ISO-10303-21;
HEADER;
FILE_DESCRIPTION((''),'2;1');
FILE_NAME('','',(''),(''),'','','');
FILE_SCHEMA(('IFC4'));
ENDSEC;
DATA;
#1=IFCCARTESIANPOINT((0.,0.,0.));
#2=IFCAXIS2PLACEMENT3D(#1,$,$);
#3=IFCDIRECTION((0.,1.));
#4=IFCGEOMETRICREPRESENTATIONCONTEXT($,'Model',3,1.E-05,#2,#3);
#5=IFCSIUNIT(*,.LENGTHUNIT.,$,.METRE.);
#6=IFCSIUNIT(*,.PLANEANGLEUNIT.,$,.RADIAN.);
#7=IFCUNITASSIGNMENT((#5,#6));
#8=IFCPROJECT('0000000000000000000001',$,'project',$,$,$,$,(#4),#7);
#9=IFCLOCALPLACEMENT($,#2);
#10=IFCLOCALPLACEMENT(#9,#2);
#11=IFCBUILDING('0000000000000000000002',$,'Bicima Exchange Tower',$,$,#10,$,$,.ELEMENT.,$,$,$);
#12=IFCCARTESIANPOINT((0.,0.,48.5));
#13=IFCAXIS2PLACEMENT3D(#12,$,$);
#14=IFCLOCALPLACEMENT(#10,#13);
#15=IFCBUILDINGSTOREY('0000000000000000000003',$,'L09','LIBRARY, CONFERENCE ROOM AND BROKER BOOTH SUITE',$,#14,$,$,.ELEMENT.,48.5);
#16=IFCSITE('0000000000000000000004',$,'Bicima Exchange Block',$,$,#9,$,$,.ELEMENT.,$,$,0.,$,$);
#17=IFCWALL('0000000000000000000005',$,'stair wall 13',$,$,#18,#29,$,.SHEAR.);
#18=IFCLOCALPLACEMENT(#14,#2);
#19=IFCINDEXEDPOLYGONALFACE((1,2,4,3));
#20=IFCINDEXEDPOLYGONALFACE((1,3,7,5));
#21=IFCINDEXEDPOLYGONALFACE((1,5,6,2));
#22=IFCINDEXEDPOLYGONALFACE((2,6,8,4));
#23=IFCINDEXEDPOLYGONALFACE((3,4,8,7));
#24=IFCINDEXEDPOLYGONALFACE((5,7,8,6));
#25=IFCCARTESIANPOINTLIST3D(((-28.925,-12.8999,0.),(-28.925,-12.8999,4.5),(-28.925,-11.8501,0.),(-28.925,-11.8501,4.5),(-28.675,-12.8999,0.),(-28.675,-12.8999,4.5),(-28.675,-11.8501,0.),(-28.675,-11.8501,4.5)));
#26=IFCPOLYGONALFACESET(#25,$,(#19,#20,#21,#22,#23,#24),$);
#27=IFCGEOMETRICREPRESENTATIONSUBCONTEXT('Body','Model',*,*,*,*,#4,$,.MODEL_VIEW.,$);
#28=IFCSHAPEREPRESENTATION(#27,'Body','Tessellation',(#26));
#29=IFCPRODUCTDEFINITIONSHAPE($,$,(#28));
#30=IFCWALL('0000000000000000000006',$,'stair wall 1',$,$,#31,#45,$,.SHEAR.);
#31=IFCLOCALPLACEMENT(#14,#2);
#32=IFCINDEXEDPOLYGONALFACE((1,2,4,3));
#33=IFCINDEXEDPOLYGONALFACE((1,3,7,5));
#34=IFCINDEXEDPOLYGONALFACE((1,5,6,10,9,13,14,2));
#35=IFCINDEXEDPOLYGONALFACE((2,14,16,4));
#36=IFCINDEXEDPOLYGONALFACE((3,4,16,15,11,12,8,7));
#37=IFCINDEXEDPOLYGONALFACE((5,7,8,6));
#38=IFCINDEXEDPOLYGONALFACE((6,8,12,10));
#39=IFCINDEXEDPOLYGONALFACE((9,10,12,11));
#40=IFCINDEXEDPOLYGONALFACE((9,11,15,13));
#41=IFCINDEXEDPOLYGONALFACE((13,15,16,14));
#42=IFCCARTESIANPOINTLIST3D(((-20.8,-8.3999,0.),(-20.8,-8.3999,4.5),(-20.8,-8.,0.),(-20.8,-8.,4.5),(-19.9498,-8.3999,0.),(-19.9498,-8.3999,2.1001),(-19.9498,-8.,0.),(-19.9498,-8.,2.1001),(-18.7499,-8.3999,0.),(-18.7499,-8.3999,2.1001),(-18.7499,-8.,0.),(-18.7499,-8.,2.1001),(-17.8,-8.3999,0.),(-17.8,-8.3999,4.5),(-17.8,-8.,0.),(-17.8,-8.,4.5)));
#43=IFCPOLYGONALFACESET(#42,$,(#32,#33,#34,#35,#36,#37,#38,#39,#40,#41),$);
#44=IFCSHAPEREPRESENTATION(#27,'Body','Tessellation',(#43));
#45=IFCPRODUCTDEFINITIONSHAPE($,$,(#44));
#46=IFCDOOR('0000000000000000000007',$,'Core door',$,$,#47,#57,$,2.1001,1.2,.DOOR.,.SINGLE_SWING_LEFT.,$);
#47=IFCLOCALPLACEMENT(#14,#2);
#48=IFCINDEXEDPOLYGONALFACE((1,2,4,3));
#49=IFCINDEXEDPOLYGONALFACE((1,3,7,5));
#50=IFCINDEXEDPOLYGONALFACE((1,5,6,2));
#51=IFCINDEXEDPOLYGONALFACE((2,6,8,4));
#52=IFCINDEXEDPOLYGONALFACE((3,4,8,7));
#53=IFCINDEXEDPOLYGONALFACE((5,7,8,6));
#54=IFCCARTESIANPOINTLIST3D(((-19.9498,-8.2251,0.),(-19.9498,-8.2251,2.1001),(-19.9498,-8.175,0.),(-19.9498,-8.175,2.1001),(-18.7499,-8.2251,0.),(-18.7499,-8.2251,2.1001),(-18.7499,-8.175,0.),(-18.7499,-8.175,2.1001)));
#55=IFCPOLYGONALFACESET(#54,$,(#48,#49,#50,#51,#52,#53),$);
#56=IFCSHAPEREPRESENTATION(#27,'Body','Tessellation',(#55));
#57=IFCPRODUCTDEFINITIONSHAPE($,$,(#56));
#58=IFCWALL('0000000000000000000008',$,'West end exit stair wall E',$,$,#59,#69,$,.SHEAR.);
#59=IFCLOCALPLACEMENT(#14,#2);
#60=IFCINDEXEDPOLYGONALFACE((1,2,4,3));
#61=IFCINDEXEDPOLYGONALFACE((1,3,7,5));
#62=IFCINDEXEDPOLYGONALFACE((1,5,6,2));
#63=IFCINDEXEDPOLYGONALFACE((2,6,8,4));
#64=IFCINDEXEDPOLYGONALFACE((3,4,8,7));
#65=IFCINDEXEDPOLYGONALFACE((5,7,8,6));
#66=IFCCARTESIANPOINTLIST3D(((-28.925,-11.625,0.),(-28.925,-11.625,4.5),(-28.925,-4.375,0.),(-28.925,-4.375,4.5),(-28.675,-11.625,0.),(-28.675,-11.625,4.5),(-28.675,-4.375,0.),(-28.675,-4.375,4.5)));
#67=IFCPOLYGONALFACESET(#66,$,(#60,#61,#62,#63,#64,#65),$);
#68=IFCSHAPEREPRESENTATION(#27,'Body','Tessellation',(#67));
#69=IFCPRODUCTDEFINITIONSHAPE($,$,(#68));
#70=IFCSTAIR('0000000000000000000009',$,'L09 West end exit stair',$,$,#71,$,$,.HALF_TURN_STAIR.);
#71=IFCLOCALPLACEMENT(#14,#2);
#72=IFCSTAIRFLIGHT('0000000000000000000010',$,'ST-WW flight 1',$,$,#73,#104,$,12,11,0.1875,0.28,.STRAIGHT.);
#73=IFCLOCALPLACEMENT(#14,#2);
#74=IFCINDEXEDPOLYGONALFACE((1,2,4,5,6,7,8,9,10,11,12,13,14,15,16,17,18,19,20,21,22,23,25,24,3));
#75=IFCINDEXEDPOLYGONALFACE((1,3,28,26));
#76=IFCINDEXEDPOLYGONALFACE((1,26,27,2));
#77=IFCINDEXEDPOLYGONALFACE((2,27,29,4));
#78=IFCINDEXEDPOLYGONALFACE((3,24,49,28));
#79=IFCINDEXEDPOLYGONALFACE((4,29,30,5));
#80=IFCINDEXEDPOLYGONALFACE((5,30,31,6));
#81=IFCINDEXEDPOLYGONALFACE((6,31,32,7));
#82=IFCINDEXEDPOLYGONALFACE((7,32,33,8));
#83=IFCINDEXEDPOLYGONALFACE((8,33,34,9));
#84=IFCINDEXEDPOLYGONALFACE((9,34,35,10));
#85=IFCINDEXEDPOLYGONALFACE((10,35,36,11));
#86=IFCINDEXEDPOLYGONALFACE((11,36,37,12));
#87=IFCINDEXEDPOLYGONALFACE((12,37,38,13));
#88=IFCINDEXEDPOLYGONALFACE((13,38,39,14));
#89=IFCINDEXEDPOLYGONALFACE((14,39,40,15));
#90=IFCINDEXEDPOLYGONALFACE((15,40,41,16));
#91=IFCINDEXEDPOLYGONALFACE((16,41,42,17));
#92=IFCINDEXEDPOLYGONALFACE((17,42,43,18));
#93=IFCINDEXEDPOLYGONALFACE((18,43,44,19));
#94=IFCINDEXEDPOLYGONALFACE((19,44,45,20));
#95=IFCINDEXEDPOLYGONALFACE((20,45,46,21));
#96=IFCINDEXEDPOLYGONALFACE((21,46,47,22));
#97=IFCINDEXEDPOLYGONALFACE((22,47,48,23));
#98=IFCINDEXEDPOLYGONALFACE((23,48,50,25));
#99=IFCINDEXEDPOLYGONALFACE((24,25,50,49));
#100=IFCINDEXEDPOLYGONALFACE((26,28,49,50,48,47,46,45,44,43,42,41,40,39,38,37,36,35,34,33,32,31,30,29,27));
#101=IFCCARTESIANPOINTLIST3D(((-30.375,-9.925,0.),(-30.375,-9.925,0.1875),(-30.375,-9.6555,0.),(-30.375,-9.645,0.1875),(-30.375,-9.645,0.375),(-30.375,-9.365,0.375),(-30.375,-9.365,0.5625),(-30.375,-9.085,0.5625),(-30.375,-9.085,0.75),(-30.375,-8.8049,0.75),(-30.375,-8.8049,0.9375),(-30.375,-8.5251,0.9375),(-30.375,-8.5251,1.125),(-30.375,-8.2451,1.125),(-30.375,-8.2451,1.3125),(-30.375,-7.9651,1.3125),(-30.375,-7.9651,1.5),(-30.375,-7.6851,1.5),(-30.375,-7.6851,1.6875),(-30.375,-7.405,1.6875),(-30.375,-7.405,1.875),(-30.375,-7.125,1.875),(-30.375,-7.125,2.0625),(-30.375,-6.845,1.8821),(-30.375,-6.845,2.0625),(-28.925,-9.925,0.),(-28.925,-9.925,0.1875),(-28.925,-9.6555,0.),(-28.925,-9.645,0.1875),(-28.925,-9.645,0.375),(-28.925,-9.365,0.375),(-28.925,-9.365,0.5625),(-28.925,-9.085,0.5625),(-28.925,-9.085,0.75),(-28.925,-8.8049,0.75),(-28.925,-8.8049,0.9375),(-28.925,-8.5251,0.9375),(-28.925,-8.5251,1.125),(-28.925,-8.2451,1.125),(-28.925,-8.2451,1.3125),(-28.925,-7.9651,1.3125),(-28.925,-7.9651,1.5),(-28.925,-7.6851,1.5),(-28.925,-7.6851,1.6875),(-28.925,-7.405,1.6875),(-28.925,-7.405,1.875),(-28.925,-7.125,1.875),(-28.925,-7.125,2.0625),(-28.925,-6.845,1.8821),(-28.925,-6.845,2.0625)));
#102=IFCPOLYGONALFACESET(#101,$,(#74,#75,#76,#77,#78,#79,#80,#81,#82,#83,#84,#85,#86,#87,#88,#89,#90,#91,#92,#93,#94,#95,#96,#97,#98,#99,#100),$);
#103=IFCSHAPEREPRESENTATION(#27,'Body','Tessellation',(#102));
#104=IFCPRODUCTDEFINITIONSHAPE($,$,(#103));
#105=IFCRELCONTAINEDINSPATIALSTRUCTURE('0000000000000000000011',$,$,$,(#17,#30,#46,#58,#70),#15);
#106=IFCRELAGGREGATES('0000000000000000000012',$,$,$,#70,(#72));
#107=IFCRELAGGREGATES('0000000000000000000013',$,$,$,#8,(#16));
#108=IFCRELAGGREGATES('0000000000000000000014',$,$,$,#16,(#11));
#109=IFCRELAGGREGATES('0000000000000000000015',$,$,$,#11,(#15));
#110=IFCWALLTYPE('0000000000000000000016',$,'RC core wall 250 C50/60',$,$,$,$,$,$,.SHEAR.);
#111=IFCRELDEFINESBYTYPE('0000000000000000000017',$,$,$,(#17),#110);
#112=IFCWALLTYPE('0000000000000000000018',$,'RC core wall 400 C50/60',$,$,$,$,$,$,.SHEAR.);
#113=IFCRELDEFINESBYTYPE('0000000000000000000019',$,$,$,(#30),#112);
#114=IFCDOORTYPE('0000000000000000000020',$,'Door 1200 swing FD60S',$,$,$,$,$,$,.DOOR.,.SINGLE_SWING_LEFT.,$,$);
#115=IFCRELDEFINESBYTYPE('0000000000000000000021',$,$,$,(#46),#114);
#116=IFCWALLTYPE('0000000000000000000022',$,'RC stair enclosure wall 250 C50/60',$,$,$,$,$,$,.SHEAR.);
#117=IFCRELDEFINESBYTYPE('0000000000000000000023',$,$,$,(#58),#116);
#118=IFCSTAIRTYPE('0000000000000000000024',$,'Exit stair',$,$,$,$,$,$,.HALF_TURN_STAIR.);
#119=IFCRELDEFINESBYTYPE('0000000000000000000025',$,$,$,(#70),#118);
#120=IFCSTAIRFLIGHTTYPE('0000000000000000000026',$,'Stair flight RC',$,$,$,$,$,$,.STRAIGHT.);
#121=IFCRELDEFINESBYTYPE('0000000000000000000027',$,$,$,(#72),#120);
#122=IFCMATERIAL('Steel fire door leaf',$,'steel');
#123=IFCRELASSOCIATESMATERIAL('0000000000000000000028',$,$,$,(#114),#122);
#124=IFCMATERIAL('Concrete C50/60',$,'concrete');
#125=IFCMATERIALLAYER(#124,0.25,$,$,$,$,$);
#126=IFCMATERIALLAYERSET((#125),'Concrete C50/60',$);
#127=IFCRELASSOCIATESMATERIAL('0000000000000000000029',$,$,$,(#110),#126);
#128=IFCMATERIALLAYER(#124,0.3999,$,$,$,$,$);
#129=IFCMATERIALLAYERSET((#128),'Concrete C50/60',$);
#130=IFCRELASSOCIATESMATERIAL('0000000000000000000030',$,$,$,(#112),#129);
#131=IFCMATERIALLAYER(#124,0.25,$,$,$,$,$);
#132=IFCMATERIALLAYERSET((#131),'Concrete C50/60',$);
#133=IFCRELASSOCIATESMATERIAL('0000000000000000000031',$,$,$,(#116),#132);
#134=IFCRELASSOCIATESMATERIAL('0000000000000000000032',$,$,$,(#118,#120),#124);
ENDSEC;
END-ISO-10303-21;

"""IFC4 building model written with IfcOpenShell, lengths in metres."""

from ifc_helpers import new_model, si_unit, direction, frame, frame_2d, origin, place, context, subcontext, project, spatial, polyline, rectangle, outline, extrude, material, layer, layer_set, type_object, element, fill, aggregate, save


model = new_model("IFC4")

# Units and contexts
model_context = context("Model", 3, precision=1e-05, world=origin(), true_north=direction((0.0, 1.0)))
body_context = subcontext(model_context, "Body", "Model", "MODEL_VIEW")
ifc_project = project(units=[si_unit("LENGTHUNIT", "METRE"), si_unit("PLANEANGLEUNIT", "RADIAN")], contexts=[model_context])

# Site, building, storey
site_placement = place(None, origin())
site = spatial("IfcSite", under=ifc_project, at=site_placement, Name="Bicima Exchange Block", CompositionType="ELEMENT", RefElevation=0.0)
building_placement = place(site_placement, origin())
building = spatial("IfcBuilding", under=site, at=building_placement, Name="Bicima Exchange Tower", CompositionType="ELEMENT")
storey_placement = place(building_placement, frame((0.0, 0.0, 48.5)))
storey = spatial("IfcBuildingStorey", under=building, at=storey_placement, Name="L09", Description="LIBRARY, CONFERENCE ROOM AND BROKER BOOTH SUITE", CompositionType="ELEMENT", Elevation=48.5)

# Shared definitions
ifc_material_1 = material(Name="Steel fire door leaf", Category="steel")
door_type_1 = type_object("IfcDoorType", Name="Door 1200 swing FD60S", OperationType="SINGLE_SWING_LEFT", PredefinedType="DOOR", material=ifc_material_1)

# Wall
ifc_material_2 = material(Name="Concrete C50/60", Category="concrete")
ifc_layer_1 = layer(ifc_material_2, 0.25)
ifc_layer_set_1 = layer_set([ifc_layer_1], Name="Concrete C50/60")
wall_type_1 = type_object("IfcWallType", Name="RC core wall 250 C50/60", PredefinedType="SHEAR", material=ifc_layer_set_1)
wall_1_placement = place(storey_placement, frame((-28.8, -12.8999, 0.0), z_axis=(0.0, 0.0, 1.0), x_axis=(0.0, 1.0, 0.0)))
element("IfcWall", 1, at=wall_1_placement, inside=storey, type_object=wall_type_1, Name="stair wall 13", PredefinedType="SHEAR", context=body_context, shape_type="SweptSolid", body=[
    extrude(rectangle(XDim=1.0498, YDim=0.25, at=frame_2d((0.5249, 0.0))), origin(), (0.0, 0.0, 1.0), 4.5),
])

# Wall, opening, door
ifc_layer_2 = layer(ifc_material_2, 0.3999)
ifc_layer_set_2 = layer_set([ifc_layer_2], Name="Concrete C50/60")
wall_type_2 = type_object("IfcWallType", Name="RC core wall 400 C50/60", PredefinedType="SHEAR", material=ifc_layer_set_2)
wall_2_placement = place(storey_placement, frame((-20.8, -8.2, 0.0), z_axis=(0.0, 0.0, 1.0), x_axis=(1.0, 0.0, 0.0)))
wall_2 = element("IfcWall", 2, at=wall_2_placement, inside=storey, type_object=wall_type_2, Name="stair wall 1", PredefinedType="SHEAR", context=body_context, shape_type="SweptSolid", body=[
    extrude(rectangle(XDim=3.0, YDim=0.3999, at=frame_2d((1.5, 0.0))), origin(), (0.0, 0.0, 1.0), 4.5),
])
opening_1_placement = place(wall_2_placement, frame((0.8501, 0.0, 0.0)))
opening_1 = element("IfcOpeningElement", 3, at=opening_1_placement, cuts=wall_2, PredefinedType="OPENING", context=body_context, shape_type="SweptSolid", body=[
    extrude(rectangle(XDim=1.2, YDim=2.1001, at=frame_2d((0.6001, 1.05))), frame((0.0, 0.2119, 0.0), z_axis=(0.0, -1.0, 0.0), x_axis=(1.0, 0.0, 0.0)), (0.0, 0.0, 1.0), 0.4238),
])
door_1_placement = place(opening_1_placement, origin())
door_1 = element("IfcDoor", 4, at=door_1_placement, inside=storey, type_object=door_type_1, Name="Core door", OperationType="SINGLE_SWING_LEFT", OverallHeight=2.1001, OverallWidth=1.2, PredefinedType="DOOR", context=body_context, shape_type="SweptSolid", body=[
    extrude(rectangle(XDim=1.2, YDim=2.1001, at=frame_2d((0.6001, 1.05))), frame((0.0, 0.0249, 0.0), z_axis=(0.0, -1.0, 0.0), x_axis=(1.0, 0.0, 0.0)), (0.0, 0.0, 1.0), 0.05),
])
fill(opening_1, door_1)

# Wall
ifc_layer_3 = layer(ifc_material_2, 0.25)
ifc_layer_set_3 = layer_set([ifc_layer_3], Name="Concrete C50/60")
wall_type_3 = type_object("IfcWallType", Name="RC stair enclosure wall 250 C50/60", PredefinedType="SHEAR", material=ifc_layer_set_3)
wall_3_placement = place(storey_placement, frame((-28.8, -11.625, 0.0), z_axis=(0.0, 0.0, 1.0), x_axis=(0.0, 1.0, 0.0)))
element("IfcWall", 5, at=wall_3_placement, inside=storey, type_object=wall_type_3, Name="West end exit stair wall E", PredefinedType="SHEAR", context=body_context, shape_type="SweptSolid", body=[
    extrude(rectangle(XDim=7.25, YDim=0.25, at=frame_2d((3.625, 0.0))), origin(), (0.0, 0.0, 1.0), 4.5),
])

# Stair, stair flight
stair_type = type_object("IfcStairType", Name="Exit stair", PredefinedType="HALF_TURN_STAIR", material=ifc_material_2)
stair_placement = place(storey_placement, origin())
stair = element("IfcStair", 6, at=stair_placement, inside=storey, type_object=stair_type, Name="L09 West end exit stair", PredefinedType="HALF_TURN_STAIR")
stair_flight_type = type_object("IfcStairFlightType", Name="Stair flight RC", PredefinedType="STRAIGHT", material=ifc_material_2)
stair_flight_placement = place(storey_placement, frame((-29.6499, -9.925, 0.0), z_axis=(0.0, 0.0, 1.0), x_axis=(0.0, 1.0, 0.0)))
stair_flight = element("IfcStairFlight", 7, at=stair_flight_placement, type_object=stair_flight_type, Name="ST-WW flight 1", NumberOfRisers=12, NumberOfTreads=11, PredefinedType="STRAIGHT", RiserHeight=0.1875, TreadLength=0.28, context=body_context, shape_type="SweptSolid", body=[
    extrude(outline(polyline([(0.0, 0.0), (0.0, 0.1875), (0.28, 0.1875), (0.28, 0.375), (0.5601, 0.375), (0.5601, 0.5625), (0.8401, 0.5625), (0.8401, 0.75), (1.1201, 0.75), (1.1201, 0.9375), (1.3999, 0.9375), (1.3999, 1.125), (1.6799, 1.125), (1.6799, 1.3125), (1.96, 1.3125), (1.96, 1.5), (2.24, 1.5), (2.24, 1.6875), (2.52, 1.6875), (2.52, 1.875), (2.8, 1.875), (2.8, 2.0625), (3.0801, 2.0625), (3.0801, 2.25), (3.0801, 1.8821), (0.2695, 0.0), (0.0, 0.0)])), frame((0.0, 0.7251, 0.0), z_axis=(0.0, -1.0, 0.0), x_axis=(1.0, 0.0, 0.0)), (0.0, 0.0, 1.0), 1.45),
])
aggregate(stair, [stair_flight])

save(model, "model.ifc")
